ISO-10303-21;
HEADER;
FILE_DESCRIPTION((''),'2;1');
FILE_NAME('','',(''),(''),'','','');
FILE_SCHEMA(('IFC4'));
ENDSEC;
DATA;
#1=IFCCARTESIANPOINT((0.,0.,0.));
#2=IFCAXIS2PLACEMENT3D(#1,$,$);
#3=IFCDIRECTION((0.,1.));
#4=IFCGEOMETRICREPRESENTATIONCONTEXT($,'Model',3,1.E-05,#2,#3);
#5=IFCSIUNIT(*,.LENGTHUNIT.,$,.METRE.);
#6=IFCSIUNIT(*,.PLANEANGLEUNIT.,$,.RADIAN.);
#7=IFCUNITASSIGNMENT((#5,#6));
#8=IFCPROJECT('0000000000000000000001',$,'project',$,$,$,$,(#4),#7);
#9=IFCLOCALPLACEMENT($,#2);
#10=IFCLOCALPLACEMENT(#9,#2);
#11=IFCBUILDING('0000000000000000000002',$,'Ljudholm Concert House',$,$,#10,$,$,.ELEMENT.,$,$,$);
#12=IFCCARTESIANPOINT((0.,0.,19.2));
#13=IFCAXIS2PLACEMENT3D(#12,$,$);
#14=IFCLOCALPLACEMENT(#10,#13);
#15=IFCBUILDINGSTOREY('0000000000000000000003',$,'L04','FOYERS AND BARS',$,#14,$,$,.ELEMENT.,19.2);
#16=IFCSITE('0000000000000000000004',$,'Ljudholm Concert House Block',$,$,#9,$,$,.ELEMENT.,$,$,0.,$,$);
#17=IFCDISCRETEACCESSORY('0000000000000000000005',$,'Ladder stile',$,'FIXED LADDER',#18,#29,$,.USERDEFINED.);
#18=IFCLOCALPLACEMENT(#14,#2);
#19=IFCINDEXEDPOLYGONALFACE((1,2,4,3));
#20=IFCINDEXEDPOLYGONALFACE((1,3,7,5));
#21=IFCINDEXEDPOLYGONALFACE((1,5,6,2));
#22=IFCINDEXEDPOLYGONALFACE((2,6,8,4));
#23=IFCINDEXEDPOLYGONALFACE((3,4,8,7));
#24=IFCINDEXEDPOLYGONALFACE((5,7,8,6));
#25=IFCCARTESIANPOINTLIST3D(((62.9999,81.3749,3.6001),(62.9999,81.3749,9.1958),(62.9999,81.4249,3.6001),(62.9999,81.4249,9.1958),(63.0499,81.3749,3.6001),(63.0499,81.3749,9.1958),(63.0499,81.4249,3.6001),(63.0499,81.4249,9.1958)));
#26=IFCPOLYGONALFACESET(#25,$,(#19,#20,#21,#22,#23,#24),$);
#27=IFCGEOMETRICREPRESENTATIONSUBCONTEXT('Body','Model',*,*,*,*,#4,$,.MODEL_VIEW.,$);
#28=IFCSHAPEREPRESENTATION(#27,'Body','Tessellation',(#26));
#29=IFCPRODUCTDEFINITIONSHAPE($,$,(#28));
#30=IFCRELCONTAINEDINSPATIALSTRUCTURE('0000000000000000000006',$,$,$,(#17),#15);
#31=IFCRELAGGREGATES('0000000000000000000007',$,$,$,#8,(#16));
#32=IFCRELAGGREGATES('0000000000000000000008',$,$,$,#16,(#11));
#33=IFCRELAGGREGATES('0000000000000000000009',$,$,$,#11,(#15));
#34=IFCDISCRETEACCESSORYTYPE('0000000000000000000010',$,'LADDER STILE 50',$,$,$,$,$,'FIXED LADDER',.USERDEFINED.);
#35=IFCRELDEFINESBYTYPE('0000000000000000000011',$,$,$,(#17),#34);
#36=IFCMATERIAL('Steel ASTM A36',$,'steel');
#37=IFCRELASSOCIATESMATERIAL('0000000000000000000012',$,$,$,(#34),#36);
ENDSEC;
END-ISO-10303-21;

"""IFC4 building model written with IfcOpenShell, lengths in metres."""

from ifc_helpers import new_model, si_unit, direction, frame, origin, origin_2d, place, context, subcontext, project, spatial, rectangle, extrude, material, type_object, element, save


model = new_model("IFC4")

# Units and contexts
model_context = context("Model", 3, precision=1e-05, world=origin(), true_north=direction((0.0, 1.0)))
body_context = subcontext(model_context, "Body", "Model", "MODEL_VIEW")
ifc_project = project(units=[si_unit("LENGTHUNIT", "METRE"), si_unit("PLANEANGLEUNIT", "RADIAN")], contexts=[model_context])

# Site, building, storey
site_placement = place(None, origin())
site = spatial("IfcSite", under=ifc_project, at=site_placement, Name="Ljudholm Concert House Block", CompositionType="ELEMENT", RefElevation=0.0)
building_placement = place(site_placement, origin())
building = spatial("IfcBuilding", under=site, at=building_placement, Name="Ljudholm Concert House", CompositionType="ELEMENT")
storey_placement = place(building_placement, frame((0.0, 0.0, 19.2)))
storey = spatial("IfcBuildingStorey", under=building, at=storey_placement, Name="L04", Description="FOYERS AND BARS", CompositionType="ELEMENT", Elevation=19.2)

# Discrete accessory
ifc_material_1 = material(Name="Steel ASTM A36", Category="steel")
discrete_accessory_type_1 = type_object("IfcDiscreteAccessoryType", Name="LADDER STILE 50", ElementType="FIXED LADDER", PredefinedType="USERDEFINED", material=ifc_material_1)
for number, where, z_axis, x_axis, name in (
    (1, (63.0249, 81.3999, 3.6001), (0.0, 0.0, 1.0), (1.0, 0.0, 0.0), "Ladder stile"),
):
    element("IfcDiscreteAccessory", number, at=place(storey_placement, frame(where, z_axis=z_axis, x_axis=x_axis)), inside=storey, type_object=discrete_accessory_type_1, Name=name, ObjectType="FIXED LADDER", PredefinedType="USERDEFINED", context=body_context, shape_type="SweptSolid", body=[
        extrude(rectangle(XDim=0.05, YDim=0.05, at=origin_2d()), origin(), (0.0, 0.0, 1.0), 5.5957),
    ])

save(model, "model.ifc")
